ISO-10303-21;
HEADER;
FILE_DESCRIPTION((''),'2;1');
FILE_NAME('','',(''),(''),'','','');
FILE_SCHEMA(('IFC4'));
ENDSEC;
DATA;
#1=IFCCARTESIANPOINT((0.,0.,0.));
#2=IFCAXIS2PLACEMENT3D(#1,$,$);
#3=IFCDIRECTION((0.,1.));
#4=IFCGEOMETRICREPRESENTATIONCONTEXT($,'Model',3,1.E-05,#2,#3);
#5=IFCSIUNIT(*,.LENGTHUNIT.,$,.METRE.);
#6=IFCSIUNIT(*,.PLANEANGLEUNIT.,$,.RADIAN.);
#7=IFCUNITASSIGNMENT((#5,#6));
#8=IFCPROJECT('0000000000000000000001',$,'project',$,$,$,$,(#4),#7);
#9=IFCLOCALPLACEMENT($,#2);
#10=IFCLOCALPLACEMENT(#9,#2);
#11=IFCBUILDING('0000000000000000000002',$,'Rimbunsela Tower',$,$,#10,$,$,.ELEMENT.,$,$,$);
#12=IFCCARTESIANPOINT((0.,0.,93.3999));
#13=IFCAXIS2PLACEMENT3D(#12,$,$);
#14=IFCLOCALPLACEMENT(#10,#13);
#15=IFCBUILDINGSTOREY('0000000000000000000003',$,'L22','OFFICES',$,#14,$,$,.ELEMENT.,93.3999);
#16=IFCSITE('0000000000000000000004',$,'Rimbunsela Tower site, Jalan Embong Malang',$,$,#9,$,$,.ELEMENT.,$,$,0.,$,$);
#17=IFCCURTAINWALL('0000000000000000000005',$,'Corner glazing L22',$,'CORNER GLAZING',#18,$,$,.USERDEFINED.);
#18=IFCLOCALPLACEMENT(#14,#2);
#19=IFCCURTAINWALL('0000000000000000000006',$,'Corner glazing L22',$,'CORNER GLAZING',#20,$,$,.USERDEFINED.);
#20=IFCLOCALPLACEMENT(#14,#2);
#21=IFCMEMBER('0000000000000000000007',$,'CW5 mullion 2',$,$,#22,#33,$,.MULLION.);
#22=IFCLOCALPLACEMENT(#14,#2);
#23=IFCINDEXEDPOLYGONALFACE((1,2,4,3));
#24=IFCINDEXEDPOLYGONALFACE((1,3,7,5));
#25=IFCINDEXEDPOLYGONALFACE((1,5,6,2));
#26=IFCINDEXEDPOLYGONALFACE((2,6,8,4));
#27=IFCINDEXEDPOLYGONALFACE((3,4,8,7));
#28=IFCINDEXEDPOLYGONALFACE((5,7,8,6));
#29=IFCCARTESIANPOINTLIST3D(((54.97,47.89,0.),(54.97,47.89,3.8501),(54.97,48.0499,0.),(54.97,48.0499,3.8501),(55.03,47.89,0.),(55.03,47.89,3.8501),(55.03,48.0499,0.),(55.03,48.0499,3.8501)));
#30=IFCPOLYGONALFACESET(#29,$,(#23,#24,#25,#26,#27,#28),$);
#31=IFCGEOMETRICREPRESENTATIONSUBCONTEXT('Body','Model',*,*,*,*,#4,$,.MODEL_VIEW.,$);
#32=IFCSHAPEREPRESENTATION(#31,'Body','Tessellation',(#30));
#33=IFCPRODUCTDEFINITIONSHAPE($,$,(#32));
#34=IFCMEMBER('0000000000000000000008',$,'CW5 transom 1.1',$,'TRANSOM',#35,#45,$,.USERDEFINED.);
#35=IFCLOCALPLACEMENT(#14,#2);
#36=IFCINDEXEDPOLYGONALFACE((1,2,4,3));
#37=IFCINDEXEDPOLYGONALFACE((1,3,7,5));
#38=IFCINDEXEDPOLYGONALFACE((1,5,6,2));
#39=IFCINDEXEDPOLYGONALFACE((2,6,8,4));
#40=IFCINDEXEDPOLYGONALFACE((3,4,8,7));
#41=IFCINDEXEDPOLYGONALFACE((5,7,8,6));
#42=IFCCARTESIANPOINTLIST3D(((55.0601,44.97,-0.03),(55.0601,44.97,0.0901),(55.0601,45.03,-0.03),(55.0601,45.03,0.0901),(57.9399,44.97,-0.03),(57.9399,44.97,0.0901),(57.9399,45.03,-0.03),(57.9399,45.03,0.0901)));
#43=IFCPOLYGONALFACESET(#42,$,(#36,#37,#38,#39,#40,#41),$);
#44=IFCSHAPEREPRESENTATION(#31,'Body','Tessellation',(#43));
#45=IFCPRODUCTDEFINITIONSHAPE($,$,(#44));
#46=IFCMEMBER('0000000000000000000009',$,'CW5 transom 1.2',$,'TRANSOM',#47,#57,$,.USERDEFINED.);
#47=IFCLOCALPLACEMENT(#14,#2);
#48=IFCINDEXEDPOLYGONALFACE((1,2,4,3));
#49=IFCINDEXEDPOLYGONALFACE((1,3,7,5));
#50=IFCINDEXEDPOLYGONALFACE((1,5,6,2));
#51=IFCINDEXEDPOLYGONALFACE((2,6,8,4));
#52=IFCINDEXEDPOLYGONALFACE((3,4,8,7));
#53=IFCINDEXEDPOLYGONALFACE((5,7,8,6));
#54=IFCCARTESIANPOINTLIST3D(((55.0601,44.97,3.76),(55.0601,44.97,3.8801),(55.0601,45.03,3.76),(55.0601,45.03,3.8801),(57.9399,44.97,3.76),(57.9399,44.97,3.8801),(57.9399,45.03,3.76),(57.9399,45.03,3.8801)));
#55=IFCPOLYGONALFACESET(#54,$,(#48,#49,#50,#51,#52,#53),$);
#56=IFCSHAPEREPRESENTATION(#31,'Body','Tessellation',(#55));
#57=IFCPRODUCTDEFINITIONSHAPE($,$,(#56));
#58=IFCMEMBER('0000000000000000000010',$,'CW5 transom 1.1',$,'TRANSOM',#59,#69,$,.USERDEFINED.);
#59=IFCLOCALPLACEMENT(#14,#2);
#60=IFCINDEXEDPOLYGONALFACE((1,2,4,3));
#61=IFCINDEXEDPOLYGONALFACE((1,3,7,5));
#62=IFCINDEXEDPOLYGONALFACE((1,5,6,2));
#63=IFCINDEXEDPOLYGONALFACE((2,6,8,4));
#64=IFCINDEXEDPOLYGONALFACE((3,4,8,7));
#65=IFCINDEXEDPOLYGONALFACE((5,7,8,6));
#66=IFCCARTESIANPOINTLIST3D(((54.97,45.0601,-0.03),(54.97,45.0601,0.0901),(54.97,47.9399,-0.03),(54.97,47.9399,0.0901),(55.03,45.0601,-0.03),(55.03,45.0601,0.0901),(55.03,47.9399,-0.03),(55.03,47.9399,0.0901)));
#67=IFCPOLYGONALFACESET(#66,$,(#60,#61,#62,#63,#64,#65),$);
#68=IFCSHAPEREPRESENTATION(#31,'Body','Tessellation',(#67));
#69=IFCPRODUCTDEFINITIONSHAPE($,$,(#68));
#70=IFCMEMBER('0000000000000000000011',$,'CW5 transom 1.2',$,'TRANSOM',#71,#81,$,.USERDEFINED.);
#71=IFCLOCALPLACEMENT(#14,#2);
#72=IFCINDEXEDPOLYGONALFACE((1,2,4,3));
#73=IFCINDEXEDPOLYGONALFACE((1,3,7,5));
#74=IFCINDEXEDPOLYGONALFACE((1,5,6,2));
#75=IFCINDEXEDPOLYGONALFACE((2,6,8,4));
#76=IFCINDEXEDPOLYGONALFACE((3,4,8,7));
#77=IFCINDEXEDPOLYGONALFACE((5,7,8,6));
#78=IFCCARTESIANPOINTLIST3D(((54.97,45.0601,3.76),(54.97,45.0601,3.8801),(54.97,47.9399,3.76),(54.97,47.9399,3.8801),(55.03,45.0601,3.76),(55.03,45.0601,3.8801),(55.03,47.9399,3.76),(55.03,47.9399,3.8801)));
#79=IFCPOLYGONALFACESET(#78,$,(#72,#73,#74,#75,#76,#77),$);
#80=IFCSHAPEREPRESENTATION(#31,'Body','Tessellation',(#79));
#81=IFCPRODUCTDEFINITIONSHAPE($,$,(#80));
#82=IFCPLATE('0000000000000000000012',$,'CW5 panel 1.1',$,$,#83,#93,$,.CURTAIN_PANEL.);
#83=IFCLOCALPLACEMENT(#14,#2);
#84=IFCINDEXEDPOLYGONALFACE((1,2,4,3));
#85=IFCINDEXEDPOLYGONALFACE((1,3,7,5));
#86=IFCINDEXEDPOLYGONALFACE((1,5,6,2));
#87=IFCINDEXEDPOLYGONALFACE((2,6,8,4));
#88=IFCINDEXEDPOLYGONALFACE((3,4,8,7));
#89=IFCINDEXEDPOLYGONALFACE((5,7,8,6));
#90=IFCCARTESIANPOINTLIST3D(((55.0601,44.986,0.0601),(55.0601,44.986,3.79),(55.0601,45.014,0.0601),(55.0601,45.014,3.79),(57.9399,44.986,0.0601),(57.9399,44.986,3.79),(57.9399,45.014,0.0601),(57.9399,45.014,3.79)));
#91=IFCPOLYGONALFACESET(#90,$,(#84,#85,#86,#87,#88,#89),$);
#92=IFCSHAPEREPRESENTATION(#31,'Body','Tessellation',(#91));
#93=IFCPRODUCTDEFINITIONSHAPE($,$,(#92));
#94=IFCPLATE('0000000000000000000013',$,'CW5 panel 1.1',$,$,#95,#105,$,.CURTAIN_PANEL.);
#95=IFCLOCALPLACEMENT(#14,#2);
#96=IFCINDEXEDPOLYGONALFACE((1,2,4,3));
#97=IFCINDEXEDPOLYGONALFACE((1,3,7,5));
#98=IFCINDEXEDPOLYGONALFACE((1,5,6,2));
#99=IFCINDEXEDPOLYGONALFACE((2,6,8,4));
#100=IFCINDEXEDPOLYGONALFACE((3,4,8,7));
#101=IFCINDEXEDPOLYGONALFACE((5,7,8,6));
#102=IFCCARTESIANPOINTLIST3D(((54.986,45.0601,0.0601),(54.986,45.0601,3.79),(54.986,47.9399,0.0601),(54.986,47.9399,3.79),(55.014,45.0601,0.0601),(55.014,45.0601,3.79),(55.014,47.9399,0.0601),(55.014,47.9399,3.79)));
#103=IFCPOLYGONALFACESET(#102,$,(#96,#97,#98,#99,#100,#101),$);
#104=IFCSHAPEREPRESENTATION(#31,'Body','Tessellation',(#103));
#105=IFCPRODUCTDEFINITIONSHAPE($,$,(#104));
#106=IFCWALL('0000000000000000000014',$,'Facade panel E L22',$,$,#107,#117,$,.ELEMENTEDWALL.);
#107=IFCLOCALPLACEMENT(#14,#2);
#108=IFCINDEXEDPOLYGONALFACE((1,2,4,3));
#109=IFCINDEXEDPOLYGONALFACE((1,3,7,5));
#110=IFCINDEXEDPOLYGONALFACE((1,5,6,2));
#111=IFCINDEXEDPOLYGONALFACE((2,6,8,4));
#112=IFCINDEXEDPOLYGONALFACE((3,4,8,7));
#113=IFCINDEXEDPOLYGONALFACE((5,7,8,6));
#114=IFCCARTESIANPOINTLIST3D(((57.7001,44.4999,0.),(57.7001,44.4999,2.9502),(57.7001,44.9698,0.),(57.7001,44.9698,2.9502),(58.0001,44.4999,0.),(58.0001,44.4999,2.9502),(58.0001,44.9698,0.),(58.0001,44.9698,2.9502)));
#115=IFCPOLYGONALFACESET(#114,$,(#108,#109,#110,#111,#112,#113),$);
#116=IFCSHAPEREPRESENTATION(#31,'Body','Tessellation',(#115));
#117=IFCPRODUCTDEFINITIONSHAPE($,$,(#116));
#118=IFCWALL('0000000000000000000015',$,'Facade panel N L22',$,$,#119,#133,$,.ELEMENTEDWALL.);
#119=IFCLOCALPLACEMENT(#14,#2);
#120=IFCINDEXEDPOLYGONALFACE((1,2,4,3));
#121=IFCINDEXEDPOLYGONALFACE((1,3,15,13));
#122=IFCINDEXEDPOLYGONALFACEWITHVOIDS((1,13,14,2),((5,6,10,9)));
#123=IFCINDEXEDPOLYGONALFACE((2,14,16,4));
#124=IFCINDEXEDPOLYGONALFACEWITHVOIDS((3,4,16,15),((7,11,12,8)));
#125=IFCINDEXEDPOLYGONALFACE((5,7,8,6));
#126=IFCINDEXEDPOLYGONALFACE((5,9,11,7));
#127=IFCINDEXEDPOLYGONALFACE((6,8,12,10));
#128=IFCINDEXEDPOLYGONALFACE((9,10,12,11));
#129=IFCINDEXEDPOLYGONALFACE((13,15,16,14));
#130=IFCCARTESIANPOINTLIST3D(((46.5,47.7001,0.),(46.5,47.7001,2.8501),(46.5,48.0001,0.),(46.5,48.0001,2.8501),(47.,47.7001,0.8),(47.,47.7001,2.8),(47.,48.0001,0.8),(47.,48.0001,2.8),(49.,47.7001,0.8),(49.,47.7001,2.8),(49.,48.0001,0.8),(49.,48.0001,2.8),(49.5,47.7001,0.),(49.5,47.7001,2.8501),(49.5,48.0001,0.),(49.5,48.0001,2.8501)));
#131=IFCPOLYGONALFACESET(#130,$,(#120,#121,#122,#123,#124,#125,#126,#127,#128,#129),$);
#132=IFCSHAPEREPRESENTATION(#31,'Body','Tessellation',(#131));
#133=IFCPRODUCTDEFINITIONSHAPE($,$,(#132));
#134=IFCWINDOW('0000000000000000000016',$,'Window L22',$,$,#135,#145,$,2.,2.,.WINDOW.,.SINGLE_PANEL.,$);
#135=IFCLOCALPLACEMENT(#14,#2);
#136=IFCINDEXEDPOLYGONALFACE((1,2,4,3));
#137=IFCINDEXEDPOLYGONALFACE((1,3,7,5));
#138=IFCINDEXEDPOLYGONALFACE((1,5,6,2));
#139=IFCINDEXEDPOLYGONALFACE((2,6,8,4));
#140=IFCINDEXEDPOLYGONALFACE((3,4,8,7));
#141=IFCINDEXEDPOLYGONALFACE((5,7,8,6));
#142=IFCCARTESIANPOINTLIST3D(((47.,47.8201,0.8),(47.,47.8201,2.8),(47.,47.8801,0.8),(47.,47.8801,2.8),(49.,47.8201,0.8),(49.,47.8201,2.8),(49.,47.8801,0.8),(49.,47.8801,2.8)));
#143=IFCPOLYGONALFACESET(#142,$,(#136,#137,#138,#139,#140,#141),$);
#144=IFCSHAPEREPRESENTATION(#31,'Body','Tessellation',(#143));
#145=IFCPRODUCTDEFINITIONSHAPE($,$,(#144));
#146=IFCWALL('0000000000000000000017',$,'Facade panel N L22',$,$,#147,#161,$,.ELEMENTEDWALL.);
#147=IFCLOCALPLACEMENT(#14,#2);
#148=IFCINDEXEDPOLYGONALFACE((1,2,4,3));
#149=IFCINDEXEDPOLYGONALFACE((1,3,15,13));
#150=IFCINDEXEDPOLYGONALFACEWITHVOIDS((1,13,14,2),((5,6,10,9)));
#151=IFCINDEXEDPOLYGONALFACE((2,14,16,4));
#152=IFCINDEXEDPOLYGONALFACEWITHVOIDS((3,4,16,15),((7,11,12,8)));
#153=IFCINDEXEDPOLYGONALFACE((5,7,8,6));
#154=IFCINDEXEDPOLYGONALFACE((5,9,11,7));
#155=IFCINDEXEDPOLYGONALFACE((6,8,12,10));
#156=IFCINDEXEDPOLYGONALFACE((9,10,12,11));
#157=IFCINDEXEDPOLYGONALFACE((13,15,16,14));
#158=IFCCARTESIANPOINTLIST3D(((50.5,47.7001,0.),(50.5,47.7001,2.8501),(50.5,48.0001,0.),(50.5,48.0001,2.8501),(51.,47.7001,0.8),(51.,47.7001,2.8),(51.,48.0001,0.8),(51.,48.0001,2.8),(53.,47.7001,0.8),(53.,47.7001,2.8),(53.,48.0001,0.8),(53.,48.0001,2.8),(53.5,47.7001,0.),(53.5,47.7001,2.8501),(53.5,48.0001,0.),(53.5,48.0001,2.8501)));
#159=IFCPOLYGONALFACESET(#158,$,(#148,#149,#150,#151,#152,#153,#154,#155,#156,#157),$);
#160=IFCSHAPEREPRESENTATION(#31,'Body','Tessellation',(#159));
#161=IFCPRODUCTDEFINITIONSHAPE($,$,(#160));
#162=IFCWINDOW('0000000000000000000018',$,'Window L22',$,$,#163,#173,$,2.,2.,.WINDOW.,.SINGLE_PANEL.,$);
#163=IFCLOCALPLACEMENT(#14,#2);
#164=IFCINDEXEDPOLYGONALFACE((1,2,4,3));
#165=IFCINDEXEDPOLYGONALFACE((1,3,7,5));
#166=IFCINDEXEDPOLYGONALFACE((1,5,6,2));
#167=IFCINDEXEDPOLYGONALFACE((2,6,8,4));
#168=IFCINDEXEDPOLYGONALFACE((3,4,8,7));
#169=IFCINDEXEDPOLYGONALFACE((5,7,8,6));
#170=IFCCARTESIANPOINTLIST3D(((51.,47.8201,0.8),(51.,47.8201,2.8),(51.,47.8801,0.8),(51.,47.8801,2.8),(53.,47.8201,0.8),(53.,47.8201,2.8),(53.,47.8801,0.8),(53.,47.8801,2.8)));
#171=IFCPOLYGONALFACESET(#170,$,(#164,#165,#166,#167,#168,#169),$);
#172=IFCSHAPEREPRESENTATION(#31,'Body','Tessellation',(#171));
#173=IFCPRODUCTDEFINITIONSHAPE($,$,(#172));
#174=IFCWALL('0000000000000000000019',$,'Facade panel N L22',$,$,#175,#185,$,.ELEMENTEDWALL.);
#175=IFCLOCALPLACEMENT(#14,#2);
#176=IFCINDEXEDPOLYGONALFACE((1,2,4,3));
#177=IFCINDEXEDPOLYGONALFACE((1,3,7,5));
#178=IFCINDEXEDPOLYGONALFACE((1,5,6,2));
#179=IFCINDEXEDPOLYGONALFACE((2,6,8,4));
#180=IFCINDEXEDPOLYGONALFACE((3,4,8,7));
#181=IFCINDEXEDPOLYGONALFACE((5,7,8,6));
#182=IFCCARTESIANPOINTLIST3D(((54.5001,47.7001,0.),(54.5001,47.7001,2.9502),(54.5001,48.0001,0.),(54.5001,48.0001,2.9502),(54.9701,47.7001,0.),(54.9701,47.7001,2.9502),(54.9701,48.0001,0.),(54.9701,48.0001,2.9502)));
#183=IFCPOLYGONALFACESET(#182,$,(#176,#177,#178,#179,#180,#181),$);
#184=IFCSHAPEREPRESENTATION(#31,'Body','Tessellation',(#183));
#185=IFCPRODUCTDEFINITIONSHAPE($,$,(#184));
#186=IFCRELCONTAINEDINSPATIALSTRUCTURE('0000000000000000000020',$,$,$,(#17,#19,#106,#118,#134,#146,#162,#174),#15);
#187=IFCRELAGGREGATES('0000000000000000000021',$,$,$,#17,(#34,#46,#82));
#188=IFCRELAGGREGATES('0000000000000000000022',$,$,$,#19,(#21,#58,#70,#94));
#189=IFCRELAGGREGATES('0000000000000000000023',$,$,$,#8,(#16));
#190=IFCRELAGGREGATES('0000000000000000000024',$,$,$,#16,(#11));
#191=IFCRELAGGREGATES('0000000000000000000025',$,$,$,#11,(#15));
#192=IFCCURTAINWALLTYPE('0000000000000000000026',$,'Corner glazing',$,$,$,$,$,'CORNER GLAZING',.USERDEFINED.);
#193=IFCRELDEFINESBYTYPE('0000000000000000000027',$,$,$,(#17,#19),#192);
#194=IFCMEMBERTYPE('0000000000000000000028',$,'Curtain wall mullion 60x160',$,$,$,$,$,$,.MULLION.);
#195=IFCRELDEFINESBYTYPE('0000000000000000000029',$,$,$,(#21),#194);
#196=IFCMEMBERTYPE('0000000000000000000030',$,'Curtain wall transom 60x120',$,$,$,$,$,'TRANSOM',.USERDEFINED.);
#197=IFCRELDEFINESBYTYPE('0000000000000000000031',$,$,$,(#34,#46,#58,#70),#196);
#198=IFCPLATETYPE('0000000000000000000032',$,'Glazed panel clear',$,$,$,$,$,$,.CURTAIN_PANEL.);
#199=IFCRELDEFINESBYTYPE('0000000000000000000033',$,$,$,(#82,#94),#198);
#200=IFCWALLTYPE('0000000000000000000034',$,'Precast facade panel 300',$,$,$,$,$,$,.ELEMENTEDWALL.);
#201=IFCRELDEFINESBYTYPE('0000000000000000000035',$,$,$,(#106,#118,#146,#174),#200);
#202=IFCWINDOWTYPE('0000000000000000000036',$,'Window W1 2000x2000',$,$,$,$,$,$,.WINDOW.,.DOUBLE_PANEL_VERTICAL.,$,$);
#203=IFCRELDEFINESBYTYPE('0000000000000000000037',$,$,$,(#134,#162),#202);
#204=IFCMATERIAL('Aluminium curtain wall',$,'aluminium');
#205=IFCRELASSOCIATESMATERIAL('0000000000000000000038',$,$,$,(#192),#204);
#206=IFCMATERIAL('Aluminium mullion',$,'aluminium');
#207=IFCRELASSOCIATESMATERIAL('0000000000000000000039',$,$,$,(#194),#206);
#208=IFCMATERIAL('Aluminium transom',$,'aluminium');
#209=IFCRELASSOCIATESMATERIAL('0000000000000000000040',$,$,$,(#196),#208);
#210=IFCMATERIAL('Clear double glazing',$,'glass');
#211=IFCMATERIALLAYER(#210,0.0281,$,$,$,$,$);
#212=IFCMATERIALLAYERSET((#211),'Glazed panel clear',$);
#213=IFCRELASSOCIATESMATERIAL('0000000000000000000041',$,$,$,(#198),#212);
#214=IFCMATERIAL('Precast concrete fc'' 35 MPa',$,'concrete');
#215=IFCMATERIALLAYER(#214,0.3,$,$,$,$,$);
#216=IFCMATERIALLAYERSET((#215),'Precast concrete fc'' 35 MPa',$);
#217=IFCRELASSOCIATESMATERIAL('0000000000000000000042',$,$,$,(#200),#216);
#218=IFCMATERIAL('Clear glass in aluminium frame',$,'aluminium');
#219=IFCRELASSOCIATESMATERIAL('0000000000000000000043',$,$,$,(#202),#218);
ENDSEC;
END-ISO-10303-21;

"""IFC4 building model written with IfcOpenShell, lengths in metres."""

from ifc_helpers import new_model, si_unit, direction, frame, frame_2d, origin, origin_2d, place, context, subcontext, project, spatial, rectangle, extrude, material, layer, layer_set, material_profile, profile_set, type_object, element, fill, aggregate, save


model = new_model("IFC4")

# Units and contexts
model_context = context("Model", 3, precision=1e-05, world=origin(), true_north=direction((0.0, 1.0)))
body_context = subcontext(model_context, "Body", "Model", "MODEL_VIEW")
ifc_project = project(units=[si_unit("LENGTHUNIT", "METRE"), si_unit("PLANEANGLEUNIT", "RADIAN")], contexts=[model_context])

# Site, building, storey
site_placement = place(None, origin())
site = spatial("IfcSite", under=ifc_project, at=site_placement, Name="Rimbunsela Tower site, Jalan Embong Malang", CompositionType="ELEMENT", RefElevation=0.0)
building_placement = place(site_placement, origin())
building = spatial("IfcBuilding", under=site, at=building_placement, Name="Rimbunsela Tower", CompositionType="ELEMENT")
storey_placement = place(building_placement, frame((0.0, 0.0, 93.3999)))
storey = spatial("IfcBuildingStorey", under=building, at=storey_placement, Name="L22", Description="OFFICES", CompositionType="ELEMENT", Elevation=93.3999)

# Curtain walls, member
ifc_material_1 = material(Name="Aluminium curtain wall", Category="aluminium")
curtain_wall_type = type_object("IfcCurtainWallType", Name="Corner glazing", ElementType="CORNER GLAZING", PredefinedType="USERDEFINED", material=ifc_material_1)
curtain_wall_1_placement = place(storey_placement, origin())
curtain_wall_1 = element("IfcCurtainWall", 1, at=curtain_wall_1_placement, inside=storey, type_object=curtain_wall_type, Name="Corner glazing L22", ObjectType="CORNER GLAZING", PredefinedType="USERDEFINED")
ifc_material_2 = material(Name="Aluminium mullion", Category="aluminium")
ifc_material_profile_1 = material_profile(ifc_material_2, rectangle(XDim=0.0601, YDim=0.1599, at=origin_2d()), Name="Mullion 60x160")
ifc_profile_set_1 = profile_set([ifc_material_profile_1], Name="Aluminium mullion")
member_type_1 = type_object("IfcMemberType", Name="Curtain wall mullion 60x160", PredefinedType="MULLION", material=ifc_profile_set_1)
curtain_wall_2_placement = place(storey_placement, origin())
curtain_wall_2 = element("IfcCurtainWall", 2, at=curtain_wall_2_placement, inside=storey, type_object=curtain_wall_type, Name="Corner glazing L22", ObjectType="CORNER GLAZING", PredefinedType="USERDEFINED")
member_1_placement = place(storey_placement, frame((55.0, 47.97, 0.0), z_axis=(0.0, 0.0, 1.0), x_axis=(-1.0, 0.0, 0.0)))
member_1 = element("IfcMember", 3, at=member_1_placement, type_object=member_type_1, Name="CW5 mullion 2", PredefinedType="MULLION", context=body_context, shape_type="SweptSolid", body=[
    extrude(rectangle(XDim=0.0601, YDim=0.1599, at=origin_2d()), origin(), (0.0, 0.0, 1.0), 3.8501),
])

# Members
ifc_material_3 = material(Name="Aluminium transom", Category="aluminium")
ifc_material_profile_2 = material_profile(ifc_material_3, rectangle(XDim=0.0601, YDim=0.1201, at=origin_2d()), Name="Transom 60x120")
ifc_profile_set_2 = profile_set([ifc_material_profile_2], Name="Aluminium transom")
member_type_2 = type_object("IfcMemberType", Name="Curtain wall transom 60x120", ElementType="TRANSOM", PredefinedType="USERDEFINED", material=ifc_profile_set_2)
member_2_placement = place(storey_placement, frame((57.9399, 45.0, 0.03), z_axis=(-1.0, 0.0, 0.0), x_axis=(0.0, -1.0, 0.0)))
member_2 = element("IfcMember", 4, at=member_2_placement, type_object=member_type_2, Name="CW5 transom 1.1", ObjectType="TRANSOM", PredefinedType="USERDEFINED", context=body_context, shape_type="SweptSolid", body=[
    extrude(rectangle(XDim=0.0601, YDim=0.1201, at=origin_2d()), origin(), (0.0, 0.0, 1.0), 2.8799),
])
member_3_placement = place(storey_placement, frame((57.9399, 45.0, 3.8201), z_axis=(-1.0, 0.0, 0.0), x_axis=(0.0, -1.0, 0.0)))
member_3 = element("IfcMember", 5, at=member_3_placement, type_object=member_type_2, Name="CW5 transom 1.2", ObjectType="TRANSOM", PredefinedType="USERDEFINED", context=body_context, shape_type="SweptSolid", body=[
    extrude(rectangle(XDim=0.0601, YDim=0.1201, at=origin_2d()), origin(), (0.0, 0.0, 1.0), 2.8799),
])
member_4_placement = place(storey_placement, frame((55.0, 45.0601, 0.03), z_axis=(0.0, 1.0, 0.0), x_axis=(-1.0, 0.0, 0.0)))
member_4 = element("IfcMember", 6, at=member_4_placement, type_object=member_type_2, Name="CW5 transom 1.1", ObjectType="TRANSOM", PredefinedType="USERDEFINED", context=body_context, shape_type="SweptSolid", body=[
    extrude(rectangle(XDim=0.0601, YDim=0.1201, at=origin_2d()), origin(), (0.0, 0.0, 1.0), 2.8799),
])
member_5_placement = place(storey_placement, frame((55.0, 45.0601, 3.8201), z_axis=(0.0, 1.0, 0.0), x_axis=(-1.0, 0.0, 0.0)))
member_5 = element("IfcMember", 7, at=member_5_placement, type_object=member_type_2, Name="CW5 transom 1.2", ObjectType="TRANSOM", PredefinedType="USERDEFINED", context=body_context, shape_type="SweptSolid", body=[
    extrude(rectangle(XDim=0.0601, YDim=0.1201, at=origin_2d()), origin(), (0.0, 0.0, 1.0), 2.8799),
])

# Plates
ifc_material_4 = material(Name="Clear double glazing", Category="glass")
ifc_layer_1 = layer(ifc_material_4, 0.0281)
ifc_layer_set_1 = layer_set([ifc_layer_1], Name="Glazed panel clear")
plate_type = type_object("IfcPlateType", Name="Glazed panel clear", PredefinedType="CURTAIN_PANEL", material=ifc_layer_set_1)
plate_1_placement = place(storey_placement, frame((56.5, 45.0, 0.0601), z_axis=(0.0, 0.0, 1.0), x_axis=(-1.0, 0.0, 0.0)))
plate_1 = element("IfcPlate", 8, at=plate_1_placement, type_object=plate_type, Name="CW5 panel 1.1", PredefinedType="CURTAIN_PANEL", context=body_context, shape_type="SweptSolid", body=[
    extrude(rectangle(XDim=2.8799, YDim=0.0281, at=origin_2d()), origin(), (0.0, 0.0, 1.0), 3.73),
])
aggregate(curtain_wall_1, [member_2, member_3, plate_1])
plate_2_placement = place(storey_placement, frame((55.0, 46.5, 0.0601), z_axis=(0.0, 0.0, 1.0), x_axis=(0.0, 1.0, 0.0)))
plate_2 = element("IfcPlate", 9, at=plate_2_placement, type_object=plate_type, Name="CW5 panel 1.1", PredefinedType="CURTAIN_PANEL", context=body_context, shape_type="SweptSolid", body=[
    extrude(rectangle(XDim=2.8799, YDim=0.0281, at=origin_2d()), origin(), (0.0, 0.0, 1.0), 3.73),
])
aggregate(curtain_wall_2, [member_1, member_4, member_5, plate_2])

# Wall
ifc_material_5 = material(Name="Precast concrete fc' 35 MPa", Category="concrete")
ifc_layer_2 = layer(ifc_material_5, 0.3)
ifc_layer_set_2 = layer_set([ifc_layer_2], Name="Precast concrete fc' 35 MPa")
wall_type = type_object("IfcWallType", Name="Precast facade panel 300", PredefinedType="ELEMENTEDWALL", material=ifc_layer_set_2)
wall_1_placement = place(storey_placement, frame((57.8501, 44.5, 0.0), z_axis=(0.0, 0.0, 1.0), x_axis=(0.0, 1.0, 0.0)))
element("IfcWall", 10, at=wall_1_placement, inside=storey, type_object=wall_type, Name="Facade panel E L22", PredefinedType="ELEMENTEDWALL", context=body_context, shape_type="SweptSolid", body=[
    extrude(rectangle(XDim=0.47, YDim=0.3, at=frame_2d((0.2349, 0.0))), origin(), (0.0, 0.0, 1.0), 2.9502),
])

# Walls, openings, windows
wall_2_placement = place(storey_placement, frame((49.5, 47.8501, 0.0), z_axis=(0.0, 0.0, 1.0), x_axis=(-1.0, 0.0, 0.0)))
wall_2 = element("IfcWall", 11, at=wall_2_placement, inside=storey, type_object=wall_type, Name="Facade panel N L22", PredefinedType="ELEMENTEDWALL", context=body_context, shape_type="SweptSolid", body=[
    extrude(rectangle(XDim=3.0, YDim=0.3, at=frame_2d((1.5, 0.0))), origin(), (0.0, 0.0, 1.0), 2.8501),
])
opening_1_placement = place(wall_2_placement, frame((0.5, 0.0, 0.8)))
opening_1 = element("IfcOpeningElement", 12, at=opening_1_placement, cuts=wall_2, PredefinedType="OPENING", context=body_context, shape_type="SweptSolid", body=[
    extrude(rectangle(XDim=2.0, YDim=2.0, at=frame_2d((1.0, 1.0))), frame((0.0, 0.1599, 0.0), z_axis=(0.0, -1.0, 0.0), x_axis=(1.0, 0.0, 0.0)), (0.0, 0.0, 1.0), 0.3201),
])
ifc_material_6 = material(Name="Clear glass in aluminium frame", Category="aluminium")
window_type = type_object("IfcWindowType", Name="Window W1 2000x2000", PartitioningType="DOUBLE_PANEL_VERTICAL", PredefinedType="WINDOW", material=ifc_material_6)
window_1_placement = place(opening_1_placement, origin())
window_1 = element("IfcWindow", 13, at=window_1_placement, inside=storey, type_object=window_type, Name="Window L22", OverallHeight=2.0, OverallWidth=2.0, PartitioningType="SINGLE_PANEL", PredefinedType="WINDOW", context=body_context, shape_type="SweptSolid", body=[
    extrude(rectangle(XDim=2.0, YDim=2.0, at=frame_2d((1.0, 1.0))), frame((0.0, 0.03, 0.0), z_axis=(0.0, -1.0, 0.0), x_axis=(1.0, 0.0, 0.0)), (0.0, 0.0, 1.0), 0.0601),
])
fill(opening_1, window_1)
wall_3_placement = place(storey_placement, frame((53.5, 47.8501, 0.0), z_axis=(0.0, 0.0, 1.0), x_axis=(-1.0, 0.0, 0.0)))
wall_3 = element("IfcWall", 14, at=wall_3_placement, inside=storey, type_object=wall_type, Name="Facade panel N L22", PredefinedType="ELEMENTEDWALL", context=body_context, shape_type="SweptSolid", body=[
    extrude(rectangle(XDim=3.0, YDim=0.3, at=frame_2d((1.5, 0.0))), origin(), (0.0, 0.0, 1.0), 2.8501),
])
opening_2_placement = place(wall_3_placement, frame((0.5, 0.0, 0.8)))
opening_2 = element("IfcOpeningElement", 15, at=opening_2_placement, cuts=wall_3, PredefinedType="OPENING", context=body_context, shape_type="SweptSolid", body=[
    extrude(rectangle(XDim=2.0, YDim=2.0, at=frame_2d((1.0, 1.0))), frame((0.0, 0.1599, 0.0), z_axis=(0.0, -1.0, 0.0), x_axis=(1.0, 0.0, 0.0)), (0.0, 0.0, 1.0), 0.3201),
])
window_2_placement = place(opening_2_placement, origin())
window_2 = element("IfcWindow", 16, at=window_2_placement, inside=storey, type_object=window_type, Name="Window L22", OverallHeight=2.0, OverallWidth=2.0, PartitioningType="SINGLE_PANEL", PredefinedType="WINDOW", context=body_context, shape_type="SweptSolid", body=[
    extrude(rectangle(XDim=2.0, YDim=2.0, at=frame_2d((1.0, 1.0))), frame((0.0, 0.03, 0.0), z_axis=(0.0, -1.0, 0.0), x_axis=(1.0, 0.0, 0.0)), (0.0, 0.0, 1.0), 0.0601),
])
fill(opening_2, window_2)

# Wall
wall_4_placement = place(storey_placement, frame((54.97, 47.8501, 0.0), z_axis=(0.0, 0.0, 1.0), x_axis=(-1.0, 0.0, 0.0)))
element("IfcWall", 17, at=wall_4_placement, inside=storey, type_object=wall_type, Name="Facade panel N L22", PredefinedType="ELEMENTEDWALL", context=body_context, shape_type="SweptSolid", body=[
    extrude(rectangle(XDim=0.47, YDim=0.3, at=frame_2d((0.2349, 0.0))), origin(), (0.0, 0.0, 1.0), 2.9502),
])

save(model, "model.ifc")
